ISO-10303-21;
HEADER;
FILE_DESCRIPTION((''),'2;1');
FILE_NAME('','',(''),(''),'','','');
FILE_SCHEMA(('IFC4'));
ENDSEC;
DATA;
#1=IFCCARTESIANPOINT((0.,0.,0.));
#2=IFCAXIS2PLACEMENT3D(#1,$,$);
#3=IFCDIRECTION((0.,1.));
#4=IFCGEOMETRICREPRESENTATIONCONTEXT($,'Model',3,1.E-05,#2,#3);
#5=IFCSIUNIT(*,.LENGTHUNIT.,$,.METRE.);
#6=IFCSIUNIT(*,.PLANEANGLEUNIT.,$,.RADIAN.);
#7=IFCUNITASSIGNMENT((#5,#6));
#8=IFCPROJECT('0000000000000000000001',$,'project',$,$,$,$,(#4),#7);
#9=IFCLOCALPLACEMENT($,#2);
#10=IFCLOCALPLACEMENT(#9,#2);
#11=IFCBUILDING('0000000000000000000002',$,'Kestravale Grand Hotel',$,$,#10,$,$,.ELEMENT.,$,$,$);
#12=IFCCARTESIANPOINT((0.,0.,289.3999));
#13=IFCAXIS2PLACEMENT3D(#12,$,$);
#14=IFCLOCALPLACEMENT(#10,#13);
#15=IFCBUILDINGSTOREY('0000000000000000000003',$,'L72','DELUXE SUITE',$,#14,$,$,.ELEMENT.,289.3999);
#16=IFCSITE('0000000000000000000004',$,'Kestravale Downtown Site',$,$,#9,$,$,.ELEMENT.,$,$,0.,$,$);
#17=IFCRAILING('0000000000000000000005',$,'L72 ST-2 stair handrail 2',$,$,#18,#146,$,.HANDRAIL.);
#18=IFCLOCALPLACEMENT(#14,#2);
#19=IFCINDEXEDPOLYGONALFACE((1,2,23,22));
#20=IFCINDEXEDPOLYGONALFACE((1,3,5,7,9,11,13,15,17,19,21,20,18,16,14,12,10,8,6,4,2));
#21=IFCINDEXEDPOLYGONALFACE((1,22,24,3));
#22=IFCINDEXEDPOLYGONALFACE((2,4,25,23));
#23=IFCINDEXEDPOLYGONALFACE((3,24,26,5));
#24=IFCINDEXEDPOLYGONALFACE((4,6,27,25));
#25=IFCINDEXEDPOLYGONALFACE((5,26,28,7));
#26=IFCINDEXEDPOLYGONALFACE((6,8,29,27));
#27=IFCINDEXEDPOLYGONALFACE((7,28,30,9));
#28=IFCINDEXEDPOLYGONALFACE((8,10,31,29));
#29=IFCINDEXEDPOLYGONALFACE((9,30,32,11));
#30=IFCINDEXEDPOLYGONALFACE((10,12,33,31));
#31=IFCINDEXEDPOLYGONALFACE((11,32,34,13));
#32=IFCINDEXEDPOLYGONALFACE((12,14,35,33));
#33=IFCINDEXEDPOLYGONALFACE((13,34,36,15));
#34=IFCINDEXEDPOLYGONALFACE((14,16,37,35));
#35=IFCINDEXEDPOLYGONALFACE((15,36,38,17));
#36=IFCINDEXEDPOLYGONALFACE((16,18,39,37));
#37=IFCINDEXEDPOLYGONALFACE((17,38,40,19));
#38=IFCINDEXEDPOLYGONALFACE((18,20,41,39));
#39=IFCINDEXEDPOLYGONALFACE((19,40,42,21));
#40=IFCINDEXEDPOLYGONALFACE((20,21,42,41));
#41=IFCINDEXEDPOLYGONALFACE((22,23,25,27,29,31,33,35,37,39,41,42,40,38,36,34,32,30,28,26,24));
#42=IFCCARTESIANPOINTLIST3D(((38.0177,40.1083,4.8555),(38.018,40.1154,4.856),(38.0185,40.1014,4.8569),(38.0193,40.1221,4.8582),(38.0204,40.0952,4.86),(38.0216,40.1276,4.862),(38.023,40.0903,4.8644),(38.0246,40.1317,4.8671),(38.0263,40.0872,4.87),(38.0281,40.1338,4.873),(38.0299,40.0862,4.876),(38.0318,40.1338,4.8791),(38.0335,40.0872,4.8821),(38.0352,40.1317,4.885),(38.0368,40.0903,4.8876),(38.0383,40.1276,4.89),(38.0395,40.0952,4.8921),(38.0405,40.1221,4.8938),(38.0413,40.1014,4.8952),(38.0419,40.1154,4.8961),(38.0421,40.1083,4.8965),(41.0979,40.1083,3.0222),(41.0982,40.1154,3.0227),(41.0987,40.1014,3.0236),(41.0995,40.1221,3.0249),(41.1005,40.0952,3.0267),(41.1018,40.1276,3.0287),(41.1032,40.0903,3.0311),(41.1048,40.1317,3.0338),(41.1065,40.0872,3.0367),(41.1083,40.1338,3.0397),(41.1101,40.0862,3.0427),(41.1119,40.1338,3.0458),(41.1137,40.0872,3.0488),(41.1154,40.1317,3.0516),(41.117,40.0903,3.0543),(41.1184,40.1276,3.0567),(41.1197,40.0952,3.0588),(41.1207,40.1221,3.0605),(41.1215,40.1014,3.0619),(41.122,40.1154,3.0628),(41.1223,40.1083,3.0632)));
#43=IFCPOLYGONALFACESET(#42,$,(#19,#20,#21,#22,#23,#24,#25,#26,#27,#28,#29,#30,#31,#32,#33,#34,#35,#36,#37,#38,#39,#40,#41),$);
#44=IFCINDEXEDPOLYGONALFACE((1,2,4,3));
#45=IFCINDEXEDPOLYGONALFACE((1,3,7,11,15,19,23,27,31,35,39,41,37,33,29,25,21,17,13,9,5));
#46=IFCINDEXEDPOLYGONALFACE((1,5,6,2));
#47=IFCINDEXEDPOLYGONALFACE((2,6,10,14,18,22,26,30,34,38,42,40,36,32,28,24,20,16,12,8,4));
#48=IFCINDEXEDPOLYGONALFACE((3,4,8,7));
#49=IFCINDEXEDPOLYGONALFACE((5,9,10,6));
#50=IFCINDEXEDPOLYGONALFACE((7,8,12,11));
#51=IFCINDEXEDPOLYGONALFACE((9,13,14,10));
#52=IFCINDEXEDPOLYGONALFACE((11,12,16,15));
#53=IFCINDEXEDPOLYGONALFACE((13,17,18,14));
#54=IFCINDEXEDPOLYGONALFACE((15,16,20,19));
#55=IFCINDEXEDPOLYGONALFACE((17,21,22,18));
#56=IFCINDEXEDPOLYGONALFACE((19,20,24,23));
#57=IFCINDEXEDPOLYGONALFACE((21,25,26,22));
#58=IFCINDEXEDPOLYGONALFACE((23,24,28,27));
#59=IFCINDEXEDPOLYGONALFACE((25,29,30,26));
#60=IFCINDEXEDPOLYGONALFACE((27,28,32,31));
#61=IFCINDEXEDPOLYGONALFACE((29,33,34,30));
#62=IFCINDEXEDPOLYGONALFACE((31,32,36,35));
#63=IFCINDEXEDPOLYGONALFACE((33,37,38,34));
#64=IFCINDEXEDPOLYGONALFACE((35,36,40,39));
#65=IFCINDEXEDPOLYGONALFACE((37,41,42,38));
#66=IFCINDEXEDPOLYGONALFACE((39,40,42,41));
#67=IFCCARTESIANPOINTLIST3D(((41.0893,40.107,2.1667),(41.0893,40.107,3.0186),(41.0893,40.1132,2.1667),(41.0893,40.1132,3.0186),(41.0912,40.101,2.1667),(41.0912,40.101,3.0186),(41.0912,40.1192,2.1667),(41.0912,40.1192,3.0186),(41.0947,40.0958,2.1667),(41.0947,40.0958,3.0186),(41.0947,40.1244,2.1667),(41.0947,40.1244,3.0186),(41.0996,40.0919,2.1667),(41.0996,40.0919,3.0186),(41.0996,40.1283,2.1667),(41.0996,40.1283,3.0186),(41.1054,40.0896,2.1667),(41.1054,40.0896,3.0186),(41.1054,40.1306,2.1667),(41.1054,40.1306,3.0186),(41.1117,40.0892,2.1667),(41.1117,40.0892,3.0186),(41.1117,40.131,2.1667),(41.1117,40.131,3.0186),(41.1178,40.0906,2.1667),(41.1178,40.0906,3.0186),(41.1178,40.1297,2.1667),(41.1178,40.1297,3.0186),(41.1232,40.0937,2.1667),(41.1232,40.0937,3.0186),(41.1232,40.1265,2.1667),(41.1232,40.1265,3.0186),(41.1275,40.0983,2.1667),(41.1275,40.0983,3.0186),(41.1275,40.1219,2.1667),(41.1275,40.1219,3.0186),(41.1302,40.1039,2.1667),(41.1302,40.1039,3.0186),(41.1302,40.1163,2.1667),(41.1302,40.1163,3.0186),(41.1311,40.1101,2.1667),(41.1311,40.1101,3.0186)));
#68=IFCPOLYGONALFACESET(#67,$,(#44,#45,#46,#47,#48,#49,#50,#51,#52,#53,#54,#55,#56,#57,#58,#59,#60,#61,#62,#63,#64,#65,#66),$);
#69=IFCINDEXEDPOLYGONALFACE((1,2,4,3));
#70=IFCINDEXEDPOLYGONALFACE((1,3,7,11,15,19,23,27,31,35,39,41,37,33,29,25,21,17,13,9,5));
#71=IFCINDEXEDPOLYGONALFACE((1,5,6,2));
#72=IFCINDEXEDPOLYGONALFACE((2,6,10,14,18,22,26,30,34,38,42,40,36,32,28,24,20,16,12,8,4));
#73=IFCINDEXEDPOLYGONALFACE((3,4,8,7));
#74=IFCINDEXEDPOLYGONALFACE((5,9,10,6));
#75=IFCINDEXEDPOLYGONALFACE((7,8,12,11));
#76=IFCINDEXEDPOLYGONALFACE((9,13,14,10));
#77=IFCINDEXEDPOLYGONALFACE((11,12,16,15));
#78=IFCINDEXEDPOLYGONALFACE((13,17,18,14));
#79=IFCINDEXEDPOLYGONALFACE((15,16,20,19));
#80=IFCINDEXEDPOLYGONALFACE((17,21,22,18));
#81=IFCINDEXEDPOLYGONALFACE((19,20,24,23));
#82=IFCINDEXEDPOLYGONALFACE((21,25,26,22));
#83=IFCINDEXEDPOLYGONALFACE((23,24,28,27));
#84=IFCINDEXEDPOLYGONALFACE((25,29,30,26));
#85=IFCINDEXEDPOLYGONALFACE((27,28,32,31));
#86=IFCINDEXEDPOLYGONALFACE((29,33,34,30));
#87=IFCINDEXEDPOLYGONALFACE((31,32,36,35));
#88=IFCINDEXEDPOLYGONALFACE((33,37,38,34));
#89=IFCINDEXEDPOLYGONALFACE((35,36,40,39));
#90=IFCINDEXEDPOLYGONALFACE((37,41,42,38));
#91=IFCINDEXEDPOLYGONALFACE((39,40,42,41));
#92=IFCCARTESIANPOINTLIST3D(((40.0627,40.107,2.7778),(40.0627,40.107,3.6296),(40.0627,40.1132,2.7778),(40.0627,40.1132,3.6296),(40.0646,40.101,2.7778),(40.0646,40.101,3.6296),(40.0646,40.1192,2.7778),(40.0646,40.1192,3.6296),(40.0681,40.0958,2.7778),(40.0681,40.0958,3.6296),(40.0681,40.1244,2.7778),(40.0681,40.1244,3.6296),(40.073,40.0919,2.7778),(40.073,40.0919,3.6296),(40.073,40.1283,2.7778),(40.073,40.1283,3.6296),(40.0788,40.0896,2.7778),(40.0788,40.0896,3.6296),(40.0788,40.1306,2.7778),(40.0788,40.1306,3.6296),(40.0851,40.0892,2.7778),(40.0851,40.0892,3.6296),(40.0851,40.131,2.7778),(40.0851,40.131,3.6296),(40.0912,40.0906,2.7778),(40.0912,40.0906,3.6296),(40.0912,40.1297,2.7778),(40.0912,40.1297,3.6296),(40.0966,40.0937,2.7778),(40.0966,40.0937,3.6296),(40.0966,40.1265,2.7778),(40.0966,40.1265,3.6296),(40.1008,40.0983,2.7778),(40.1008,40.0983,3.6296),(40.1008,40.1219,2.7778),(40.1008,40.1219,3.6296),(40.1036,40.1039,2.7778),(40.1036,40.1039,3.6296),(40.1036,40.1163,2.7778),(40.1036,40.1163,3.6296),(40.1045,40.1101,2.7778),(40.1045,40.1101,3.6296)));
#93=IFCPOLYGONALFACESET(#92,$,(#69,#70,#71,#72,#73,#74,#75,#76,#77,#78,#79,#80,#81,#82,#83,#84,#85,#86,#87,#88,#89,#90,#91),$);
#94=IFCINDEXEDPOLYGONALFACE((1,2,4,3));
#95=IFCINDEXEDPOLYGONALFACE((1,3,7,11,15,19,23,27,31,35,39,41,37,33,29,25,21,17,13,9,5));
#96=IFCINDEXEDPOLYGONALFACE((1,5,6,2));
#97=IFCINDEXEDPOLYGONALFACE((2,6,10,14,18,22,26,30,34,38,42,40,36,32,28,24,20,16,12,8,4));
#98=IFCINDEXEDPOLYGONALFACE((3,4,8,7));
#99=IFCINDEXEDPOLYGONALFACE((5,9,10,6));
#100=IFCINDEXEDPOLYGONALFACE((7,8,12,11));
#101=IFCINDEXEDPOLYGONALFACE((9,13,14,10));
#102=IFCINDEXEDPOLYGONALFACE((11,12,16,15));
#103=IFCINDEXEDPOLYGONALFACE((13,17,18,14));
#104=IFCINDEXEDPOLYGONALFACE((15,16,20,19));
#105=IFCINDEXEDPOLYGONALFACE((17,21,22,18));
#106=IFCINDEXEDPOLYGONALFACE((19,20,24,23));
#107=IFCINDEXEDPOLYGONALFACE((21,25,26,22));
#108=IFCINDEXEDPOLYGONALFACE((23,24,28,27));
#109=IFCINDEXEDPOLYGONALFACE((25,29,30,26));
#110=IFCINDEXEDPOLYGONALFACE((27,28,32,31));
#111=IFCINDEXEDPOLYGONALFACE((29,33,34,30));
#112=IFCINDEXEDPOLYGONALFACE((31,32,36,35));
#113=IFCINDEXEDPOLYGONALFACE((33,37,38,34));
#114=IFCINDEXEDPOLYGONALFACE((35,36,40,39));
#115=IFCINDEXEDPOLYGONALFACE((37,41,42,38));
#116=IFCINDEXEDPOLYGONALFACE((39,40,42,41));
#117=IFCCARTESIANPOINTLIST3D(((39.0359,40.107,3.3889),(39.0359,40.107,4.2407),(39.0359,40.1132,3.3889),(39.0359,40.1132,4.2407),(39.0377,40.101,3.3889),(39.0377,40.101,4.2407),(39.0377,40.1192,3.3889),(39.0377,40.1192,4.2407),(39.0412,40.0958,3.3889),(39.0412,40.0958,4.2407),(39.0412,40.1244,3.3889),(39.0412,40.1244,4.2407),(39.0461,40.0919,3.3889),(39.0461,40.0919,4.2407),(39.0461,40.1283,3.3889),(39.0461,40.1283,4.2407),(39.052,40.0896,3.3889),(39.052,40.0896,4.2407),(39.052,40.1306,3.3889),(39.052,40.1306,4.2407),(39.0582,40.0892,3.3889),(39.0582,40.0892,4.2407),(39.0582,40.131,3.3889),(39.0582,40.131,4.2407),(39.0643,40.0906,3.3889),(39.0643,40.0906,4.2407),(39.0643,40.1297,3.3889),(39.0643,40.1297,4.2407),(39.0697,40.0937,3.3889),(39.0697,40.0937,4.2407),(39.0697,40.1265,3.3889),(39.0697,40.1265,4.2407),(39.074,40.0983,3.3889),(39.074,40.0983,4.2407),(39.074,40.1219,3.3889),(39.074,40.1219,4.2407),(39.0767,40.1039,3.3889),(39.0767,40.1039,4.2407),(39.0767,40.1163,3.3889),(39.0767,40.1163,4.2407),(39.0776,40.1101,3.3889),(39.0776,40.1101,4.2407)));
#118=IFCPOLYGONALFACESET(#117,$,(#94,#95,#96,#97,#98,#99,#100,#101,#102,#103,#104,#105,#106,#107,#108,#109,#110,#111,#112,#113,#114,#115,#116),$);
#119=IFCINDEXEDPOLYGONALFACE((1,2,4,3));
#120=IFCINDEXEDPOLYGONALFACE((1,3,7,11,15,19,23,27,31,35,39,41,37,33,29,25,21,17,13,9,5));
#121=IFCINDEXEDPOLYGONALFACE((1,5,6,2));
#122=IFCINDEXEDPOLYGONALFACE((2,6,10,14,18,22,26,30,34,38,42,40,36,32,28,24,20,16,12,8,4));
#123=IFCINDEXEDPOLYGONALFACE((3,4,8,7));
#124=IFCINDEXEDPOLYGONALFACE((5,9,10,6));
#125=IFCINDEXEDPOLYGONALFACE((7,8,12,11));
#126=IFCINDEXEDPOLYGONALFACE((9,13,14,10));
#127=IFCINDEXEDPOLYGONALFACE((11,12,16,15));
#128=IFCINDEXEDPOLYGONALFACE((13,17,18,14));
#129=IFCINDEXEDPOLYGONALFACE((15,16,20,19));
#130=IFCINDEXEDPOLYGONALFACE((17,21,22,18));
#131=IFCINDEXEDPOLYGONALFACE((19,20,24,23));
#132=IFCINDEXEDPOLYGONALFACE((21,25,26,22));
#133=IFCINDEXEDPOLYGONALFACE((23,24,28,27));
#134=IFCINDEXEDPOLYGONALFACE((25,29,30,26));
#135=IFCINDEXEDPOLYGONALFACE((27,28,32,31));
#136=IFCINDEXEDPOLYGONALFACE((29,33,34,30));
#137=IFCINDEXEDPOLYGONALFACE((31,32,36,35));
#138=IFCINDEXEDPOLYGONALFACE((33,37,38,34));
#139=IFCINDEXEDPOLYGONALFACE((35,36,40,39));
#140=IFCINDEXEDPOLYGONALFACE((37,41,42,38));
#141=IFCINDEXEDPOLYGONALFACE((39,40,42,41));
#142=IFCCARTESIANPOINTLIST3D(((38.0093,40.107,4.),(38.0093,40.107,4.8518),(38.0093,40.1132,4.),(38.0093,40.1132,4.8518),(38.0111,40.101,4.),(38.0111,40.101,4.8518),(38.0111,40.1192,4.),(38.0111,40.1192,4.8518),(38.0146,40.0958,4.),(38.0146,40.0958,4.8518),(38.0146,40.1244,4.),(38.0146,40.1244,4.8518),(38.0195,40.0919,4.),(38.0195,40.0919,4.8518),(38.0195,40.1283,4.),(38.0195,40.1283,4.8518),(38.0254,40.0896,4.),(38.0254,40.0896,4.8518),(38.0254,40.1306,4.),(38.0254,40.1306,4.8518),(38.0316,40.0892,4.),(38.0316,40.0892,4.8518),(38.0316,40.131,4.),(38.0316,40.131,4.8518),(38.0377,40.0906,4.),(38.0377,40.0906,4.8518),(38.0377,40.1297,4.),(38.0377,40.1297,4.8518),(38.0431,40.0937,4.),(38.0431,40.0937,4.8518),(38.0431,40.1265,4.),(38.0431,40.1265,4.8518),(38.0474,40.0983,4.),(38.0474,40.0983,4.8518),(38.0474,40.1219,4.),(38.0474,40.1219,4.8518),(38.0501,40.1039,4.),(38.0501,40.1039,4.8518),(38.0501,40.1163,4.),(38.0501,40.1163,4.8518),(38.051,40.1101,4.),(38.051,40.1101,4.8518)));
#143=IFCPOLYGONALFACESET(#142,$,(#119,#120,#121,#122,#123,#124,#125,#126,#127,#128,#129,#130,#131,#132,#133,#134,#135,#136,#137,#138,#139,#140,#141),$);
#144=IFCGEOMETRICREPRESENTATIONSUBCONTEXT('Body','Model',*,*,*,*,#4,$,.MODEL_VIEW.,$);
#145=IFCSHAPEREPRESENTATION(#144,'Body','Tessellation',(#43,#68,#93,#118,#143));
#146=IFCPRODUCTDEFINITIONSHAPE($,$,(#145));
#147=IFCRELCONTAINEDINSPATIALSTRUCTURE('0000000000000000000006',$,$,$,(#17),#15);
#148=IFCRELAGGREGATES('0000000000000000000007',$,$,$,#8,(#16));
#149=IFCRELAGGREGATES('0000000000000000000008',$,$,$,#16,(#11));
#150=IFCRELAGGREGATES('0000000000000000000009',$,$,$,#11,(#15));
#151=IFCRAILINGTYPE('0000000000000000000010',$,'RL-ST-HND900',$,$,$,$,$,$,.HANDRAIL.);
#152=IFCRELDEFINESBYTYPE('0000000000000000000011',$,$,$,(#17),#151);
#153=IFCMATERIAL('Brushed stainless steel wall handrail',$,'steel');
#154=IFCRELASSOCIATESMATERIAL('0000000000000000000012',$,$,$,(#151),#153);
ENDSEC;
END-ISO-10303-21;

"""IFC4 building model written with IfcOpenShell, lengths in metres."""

from ifc_helpers import new_model, si_unit, direction, frame, origin, origin_2d, place, context, subcontext, project, spatial, circle, extrude, material, type_object, element, save


model = new_model("IFC4")

# Units and contexts
model_context = context("Model", 3, precision=1e-05, world=origin(), true_north=direction((0.0, 1.0)))
body_context = subcontext(model_context, "Body", "Model", "MODEL_VIEW")
ifc_project = project(units=[si_unit("LENGTHUNIT", "METRE"), si_unit("PLANEANGLEUNIT", "RADIAN")], contexts=[model_context])

# Site, building, storey
site_placement = place(None, origin())
site = spatial("IfcSite", under=ifc_project, at=site_placement, Name="Kestravale Downtown Site", CompositionType="ELEMENT", RefElevation=0.0)
building_placement = place(site_placement, origin())
building = spatial("IfcBuilding", under=site, at=building_placement, Name="Kestravale Grand Hotel", CompositionType="ELEMENT")
storey_placement = place(building_placement, frame((0.0, 0.0, 289.3999)))
storey = spatial("IfcBuildingStorey", under=building, at=storey_placement, Name="L72", Description="DELUXE SUITE", CompositionType="ELEMENT", Elevation=289.3999)

# Railing
ifc_material_1 = material(Name="Brushed stainless steel wall handrail", Category="steel")
railing_type_1 = type_object("IfcRailingType", Name="RL-ST-HND900", PredefinedType="HANDRAIL", material=ifc_material_1)
railing_1_placement = place(storey_placement, frame((41.1101, 40.1101, 2.1667)))
element("IfcRailing", 1, at=railing_1_placement, inside=storey, type_object=railing_type_1, Name="L72 ST-2 stair handrail 2", PredefinedType="HANDRAIL", context=body_context, shape_type="SweptSolid", body=[
    extrude(circle(Radius=0.0239, at=origin_2d()), frame((0.0, 0.0, 0.876), z_axis=(-0.859309, 0.0, 0.511458), x_axis=(0.0, -1.0, 0.0)), (0.0, 0.0, 1.0), 3.5845),
    extrude(circle(Radius=0.021, at=origin_2d()), origin(), (0.0, 0.0, 1.0), 0.8518),
    extrude(circle(Radius=0.021, at=origin_2d()), frame((-1.0266, 0.0, 0.6111)), (0.0, 0.0, 1.0), 0.8518),
    extrude(circle(Radius=0.021, at=origin_2d()), frame((-2.0535, 0.0, 1.2222)), (0.0, 0.0, 1.0), 0.8518),
    extrude(circle(Radius=0.021, at=origin_2d()), frame((-3.0801, 0.0, 1.8333)), (0.0, 0.0, 1.0), 0.8518),
])

save(model, "model.ifc")
